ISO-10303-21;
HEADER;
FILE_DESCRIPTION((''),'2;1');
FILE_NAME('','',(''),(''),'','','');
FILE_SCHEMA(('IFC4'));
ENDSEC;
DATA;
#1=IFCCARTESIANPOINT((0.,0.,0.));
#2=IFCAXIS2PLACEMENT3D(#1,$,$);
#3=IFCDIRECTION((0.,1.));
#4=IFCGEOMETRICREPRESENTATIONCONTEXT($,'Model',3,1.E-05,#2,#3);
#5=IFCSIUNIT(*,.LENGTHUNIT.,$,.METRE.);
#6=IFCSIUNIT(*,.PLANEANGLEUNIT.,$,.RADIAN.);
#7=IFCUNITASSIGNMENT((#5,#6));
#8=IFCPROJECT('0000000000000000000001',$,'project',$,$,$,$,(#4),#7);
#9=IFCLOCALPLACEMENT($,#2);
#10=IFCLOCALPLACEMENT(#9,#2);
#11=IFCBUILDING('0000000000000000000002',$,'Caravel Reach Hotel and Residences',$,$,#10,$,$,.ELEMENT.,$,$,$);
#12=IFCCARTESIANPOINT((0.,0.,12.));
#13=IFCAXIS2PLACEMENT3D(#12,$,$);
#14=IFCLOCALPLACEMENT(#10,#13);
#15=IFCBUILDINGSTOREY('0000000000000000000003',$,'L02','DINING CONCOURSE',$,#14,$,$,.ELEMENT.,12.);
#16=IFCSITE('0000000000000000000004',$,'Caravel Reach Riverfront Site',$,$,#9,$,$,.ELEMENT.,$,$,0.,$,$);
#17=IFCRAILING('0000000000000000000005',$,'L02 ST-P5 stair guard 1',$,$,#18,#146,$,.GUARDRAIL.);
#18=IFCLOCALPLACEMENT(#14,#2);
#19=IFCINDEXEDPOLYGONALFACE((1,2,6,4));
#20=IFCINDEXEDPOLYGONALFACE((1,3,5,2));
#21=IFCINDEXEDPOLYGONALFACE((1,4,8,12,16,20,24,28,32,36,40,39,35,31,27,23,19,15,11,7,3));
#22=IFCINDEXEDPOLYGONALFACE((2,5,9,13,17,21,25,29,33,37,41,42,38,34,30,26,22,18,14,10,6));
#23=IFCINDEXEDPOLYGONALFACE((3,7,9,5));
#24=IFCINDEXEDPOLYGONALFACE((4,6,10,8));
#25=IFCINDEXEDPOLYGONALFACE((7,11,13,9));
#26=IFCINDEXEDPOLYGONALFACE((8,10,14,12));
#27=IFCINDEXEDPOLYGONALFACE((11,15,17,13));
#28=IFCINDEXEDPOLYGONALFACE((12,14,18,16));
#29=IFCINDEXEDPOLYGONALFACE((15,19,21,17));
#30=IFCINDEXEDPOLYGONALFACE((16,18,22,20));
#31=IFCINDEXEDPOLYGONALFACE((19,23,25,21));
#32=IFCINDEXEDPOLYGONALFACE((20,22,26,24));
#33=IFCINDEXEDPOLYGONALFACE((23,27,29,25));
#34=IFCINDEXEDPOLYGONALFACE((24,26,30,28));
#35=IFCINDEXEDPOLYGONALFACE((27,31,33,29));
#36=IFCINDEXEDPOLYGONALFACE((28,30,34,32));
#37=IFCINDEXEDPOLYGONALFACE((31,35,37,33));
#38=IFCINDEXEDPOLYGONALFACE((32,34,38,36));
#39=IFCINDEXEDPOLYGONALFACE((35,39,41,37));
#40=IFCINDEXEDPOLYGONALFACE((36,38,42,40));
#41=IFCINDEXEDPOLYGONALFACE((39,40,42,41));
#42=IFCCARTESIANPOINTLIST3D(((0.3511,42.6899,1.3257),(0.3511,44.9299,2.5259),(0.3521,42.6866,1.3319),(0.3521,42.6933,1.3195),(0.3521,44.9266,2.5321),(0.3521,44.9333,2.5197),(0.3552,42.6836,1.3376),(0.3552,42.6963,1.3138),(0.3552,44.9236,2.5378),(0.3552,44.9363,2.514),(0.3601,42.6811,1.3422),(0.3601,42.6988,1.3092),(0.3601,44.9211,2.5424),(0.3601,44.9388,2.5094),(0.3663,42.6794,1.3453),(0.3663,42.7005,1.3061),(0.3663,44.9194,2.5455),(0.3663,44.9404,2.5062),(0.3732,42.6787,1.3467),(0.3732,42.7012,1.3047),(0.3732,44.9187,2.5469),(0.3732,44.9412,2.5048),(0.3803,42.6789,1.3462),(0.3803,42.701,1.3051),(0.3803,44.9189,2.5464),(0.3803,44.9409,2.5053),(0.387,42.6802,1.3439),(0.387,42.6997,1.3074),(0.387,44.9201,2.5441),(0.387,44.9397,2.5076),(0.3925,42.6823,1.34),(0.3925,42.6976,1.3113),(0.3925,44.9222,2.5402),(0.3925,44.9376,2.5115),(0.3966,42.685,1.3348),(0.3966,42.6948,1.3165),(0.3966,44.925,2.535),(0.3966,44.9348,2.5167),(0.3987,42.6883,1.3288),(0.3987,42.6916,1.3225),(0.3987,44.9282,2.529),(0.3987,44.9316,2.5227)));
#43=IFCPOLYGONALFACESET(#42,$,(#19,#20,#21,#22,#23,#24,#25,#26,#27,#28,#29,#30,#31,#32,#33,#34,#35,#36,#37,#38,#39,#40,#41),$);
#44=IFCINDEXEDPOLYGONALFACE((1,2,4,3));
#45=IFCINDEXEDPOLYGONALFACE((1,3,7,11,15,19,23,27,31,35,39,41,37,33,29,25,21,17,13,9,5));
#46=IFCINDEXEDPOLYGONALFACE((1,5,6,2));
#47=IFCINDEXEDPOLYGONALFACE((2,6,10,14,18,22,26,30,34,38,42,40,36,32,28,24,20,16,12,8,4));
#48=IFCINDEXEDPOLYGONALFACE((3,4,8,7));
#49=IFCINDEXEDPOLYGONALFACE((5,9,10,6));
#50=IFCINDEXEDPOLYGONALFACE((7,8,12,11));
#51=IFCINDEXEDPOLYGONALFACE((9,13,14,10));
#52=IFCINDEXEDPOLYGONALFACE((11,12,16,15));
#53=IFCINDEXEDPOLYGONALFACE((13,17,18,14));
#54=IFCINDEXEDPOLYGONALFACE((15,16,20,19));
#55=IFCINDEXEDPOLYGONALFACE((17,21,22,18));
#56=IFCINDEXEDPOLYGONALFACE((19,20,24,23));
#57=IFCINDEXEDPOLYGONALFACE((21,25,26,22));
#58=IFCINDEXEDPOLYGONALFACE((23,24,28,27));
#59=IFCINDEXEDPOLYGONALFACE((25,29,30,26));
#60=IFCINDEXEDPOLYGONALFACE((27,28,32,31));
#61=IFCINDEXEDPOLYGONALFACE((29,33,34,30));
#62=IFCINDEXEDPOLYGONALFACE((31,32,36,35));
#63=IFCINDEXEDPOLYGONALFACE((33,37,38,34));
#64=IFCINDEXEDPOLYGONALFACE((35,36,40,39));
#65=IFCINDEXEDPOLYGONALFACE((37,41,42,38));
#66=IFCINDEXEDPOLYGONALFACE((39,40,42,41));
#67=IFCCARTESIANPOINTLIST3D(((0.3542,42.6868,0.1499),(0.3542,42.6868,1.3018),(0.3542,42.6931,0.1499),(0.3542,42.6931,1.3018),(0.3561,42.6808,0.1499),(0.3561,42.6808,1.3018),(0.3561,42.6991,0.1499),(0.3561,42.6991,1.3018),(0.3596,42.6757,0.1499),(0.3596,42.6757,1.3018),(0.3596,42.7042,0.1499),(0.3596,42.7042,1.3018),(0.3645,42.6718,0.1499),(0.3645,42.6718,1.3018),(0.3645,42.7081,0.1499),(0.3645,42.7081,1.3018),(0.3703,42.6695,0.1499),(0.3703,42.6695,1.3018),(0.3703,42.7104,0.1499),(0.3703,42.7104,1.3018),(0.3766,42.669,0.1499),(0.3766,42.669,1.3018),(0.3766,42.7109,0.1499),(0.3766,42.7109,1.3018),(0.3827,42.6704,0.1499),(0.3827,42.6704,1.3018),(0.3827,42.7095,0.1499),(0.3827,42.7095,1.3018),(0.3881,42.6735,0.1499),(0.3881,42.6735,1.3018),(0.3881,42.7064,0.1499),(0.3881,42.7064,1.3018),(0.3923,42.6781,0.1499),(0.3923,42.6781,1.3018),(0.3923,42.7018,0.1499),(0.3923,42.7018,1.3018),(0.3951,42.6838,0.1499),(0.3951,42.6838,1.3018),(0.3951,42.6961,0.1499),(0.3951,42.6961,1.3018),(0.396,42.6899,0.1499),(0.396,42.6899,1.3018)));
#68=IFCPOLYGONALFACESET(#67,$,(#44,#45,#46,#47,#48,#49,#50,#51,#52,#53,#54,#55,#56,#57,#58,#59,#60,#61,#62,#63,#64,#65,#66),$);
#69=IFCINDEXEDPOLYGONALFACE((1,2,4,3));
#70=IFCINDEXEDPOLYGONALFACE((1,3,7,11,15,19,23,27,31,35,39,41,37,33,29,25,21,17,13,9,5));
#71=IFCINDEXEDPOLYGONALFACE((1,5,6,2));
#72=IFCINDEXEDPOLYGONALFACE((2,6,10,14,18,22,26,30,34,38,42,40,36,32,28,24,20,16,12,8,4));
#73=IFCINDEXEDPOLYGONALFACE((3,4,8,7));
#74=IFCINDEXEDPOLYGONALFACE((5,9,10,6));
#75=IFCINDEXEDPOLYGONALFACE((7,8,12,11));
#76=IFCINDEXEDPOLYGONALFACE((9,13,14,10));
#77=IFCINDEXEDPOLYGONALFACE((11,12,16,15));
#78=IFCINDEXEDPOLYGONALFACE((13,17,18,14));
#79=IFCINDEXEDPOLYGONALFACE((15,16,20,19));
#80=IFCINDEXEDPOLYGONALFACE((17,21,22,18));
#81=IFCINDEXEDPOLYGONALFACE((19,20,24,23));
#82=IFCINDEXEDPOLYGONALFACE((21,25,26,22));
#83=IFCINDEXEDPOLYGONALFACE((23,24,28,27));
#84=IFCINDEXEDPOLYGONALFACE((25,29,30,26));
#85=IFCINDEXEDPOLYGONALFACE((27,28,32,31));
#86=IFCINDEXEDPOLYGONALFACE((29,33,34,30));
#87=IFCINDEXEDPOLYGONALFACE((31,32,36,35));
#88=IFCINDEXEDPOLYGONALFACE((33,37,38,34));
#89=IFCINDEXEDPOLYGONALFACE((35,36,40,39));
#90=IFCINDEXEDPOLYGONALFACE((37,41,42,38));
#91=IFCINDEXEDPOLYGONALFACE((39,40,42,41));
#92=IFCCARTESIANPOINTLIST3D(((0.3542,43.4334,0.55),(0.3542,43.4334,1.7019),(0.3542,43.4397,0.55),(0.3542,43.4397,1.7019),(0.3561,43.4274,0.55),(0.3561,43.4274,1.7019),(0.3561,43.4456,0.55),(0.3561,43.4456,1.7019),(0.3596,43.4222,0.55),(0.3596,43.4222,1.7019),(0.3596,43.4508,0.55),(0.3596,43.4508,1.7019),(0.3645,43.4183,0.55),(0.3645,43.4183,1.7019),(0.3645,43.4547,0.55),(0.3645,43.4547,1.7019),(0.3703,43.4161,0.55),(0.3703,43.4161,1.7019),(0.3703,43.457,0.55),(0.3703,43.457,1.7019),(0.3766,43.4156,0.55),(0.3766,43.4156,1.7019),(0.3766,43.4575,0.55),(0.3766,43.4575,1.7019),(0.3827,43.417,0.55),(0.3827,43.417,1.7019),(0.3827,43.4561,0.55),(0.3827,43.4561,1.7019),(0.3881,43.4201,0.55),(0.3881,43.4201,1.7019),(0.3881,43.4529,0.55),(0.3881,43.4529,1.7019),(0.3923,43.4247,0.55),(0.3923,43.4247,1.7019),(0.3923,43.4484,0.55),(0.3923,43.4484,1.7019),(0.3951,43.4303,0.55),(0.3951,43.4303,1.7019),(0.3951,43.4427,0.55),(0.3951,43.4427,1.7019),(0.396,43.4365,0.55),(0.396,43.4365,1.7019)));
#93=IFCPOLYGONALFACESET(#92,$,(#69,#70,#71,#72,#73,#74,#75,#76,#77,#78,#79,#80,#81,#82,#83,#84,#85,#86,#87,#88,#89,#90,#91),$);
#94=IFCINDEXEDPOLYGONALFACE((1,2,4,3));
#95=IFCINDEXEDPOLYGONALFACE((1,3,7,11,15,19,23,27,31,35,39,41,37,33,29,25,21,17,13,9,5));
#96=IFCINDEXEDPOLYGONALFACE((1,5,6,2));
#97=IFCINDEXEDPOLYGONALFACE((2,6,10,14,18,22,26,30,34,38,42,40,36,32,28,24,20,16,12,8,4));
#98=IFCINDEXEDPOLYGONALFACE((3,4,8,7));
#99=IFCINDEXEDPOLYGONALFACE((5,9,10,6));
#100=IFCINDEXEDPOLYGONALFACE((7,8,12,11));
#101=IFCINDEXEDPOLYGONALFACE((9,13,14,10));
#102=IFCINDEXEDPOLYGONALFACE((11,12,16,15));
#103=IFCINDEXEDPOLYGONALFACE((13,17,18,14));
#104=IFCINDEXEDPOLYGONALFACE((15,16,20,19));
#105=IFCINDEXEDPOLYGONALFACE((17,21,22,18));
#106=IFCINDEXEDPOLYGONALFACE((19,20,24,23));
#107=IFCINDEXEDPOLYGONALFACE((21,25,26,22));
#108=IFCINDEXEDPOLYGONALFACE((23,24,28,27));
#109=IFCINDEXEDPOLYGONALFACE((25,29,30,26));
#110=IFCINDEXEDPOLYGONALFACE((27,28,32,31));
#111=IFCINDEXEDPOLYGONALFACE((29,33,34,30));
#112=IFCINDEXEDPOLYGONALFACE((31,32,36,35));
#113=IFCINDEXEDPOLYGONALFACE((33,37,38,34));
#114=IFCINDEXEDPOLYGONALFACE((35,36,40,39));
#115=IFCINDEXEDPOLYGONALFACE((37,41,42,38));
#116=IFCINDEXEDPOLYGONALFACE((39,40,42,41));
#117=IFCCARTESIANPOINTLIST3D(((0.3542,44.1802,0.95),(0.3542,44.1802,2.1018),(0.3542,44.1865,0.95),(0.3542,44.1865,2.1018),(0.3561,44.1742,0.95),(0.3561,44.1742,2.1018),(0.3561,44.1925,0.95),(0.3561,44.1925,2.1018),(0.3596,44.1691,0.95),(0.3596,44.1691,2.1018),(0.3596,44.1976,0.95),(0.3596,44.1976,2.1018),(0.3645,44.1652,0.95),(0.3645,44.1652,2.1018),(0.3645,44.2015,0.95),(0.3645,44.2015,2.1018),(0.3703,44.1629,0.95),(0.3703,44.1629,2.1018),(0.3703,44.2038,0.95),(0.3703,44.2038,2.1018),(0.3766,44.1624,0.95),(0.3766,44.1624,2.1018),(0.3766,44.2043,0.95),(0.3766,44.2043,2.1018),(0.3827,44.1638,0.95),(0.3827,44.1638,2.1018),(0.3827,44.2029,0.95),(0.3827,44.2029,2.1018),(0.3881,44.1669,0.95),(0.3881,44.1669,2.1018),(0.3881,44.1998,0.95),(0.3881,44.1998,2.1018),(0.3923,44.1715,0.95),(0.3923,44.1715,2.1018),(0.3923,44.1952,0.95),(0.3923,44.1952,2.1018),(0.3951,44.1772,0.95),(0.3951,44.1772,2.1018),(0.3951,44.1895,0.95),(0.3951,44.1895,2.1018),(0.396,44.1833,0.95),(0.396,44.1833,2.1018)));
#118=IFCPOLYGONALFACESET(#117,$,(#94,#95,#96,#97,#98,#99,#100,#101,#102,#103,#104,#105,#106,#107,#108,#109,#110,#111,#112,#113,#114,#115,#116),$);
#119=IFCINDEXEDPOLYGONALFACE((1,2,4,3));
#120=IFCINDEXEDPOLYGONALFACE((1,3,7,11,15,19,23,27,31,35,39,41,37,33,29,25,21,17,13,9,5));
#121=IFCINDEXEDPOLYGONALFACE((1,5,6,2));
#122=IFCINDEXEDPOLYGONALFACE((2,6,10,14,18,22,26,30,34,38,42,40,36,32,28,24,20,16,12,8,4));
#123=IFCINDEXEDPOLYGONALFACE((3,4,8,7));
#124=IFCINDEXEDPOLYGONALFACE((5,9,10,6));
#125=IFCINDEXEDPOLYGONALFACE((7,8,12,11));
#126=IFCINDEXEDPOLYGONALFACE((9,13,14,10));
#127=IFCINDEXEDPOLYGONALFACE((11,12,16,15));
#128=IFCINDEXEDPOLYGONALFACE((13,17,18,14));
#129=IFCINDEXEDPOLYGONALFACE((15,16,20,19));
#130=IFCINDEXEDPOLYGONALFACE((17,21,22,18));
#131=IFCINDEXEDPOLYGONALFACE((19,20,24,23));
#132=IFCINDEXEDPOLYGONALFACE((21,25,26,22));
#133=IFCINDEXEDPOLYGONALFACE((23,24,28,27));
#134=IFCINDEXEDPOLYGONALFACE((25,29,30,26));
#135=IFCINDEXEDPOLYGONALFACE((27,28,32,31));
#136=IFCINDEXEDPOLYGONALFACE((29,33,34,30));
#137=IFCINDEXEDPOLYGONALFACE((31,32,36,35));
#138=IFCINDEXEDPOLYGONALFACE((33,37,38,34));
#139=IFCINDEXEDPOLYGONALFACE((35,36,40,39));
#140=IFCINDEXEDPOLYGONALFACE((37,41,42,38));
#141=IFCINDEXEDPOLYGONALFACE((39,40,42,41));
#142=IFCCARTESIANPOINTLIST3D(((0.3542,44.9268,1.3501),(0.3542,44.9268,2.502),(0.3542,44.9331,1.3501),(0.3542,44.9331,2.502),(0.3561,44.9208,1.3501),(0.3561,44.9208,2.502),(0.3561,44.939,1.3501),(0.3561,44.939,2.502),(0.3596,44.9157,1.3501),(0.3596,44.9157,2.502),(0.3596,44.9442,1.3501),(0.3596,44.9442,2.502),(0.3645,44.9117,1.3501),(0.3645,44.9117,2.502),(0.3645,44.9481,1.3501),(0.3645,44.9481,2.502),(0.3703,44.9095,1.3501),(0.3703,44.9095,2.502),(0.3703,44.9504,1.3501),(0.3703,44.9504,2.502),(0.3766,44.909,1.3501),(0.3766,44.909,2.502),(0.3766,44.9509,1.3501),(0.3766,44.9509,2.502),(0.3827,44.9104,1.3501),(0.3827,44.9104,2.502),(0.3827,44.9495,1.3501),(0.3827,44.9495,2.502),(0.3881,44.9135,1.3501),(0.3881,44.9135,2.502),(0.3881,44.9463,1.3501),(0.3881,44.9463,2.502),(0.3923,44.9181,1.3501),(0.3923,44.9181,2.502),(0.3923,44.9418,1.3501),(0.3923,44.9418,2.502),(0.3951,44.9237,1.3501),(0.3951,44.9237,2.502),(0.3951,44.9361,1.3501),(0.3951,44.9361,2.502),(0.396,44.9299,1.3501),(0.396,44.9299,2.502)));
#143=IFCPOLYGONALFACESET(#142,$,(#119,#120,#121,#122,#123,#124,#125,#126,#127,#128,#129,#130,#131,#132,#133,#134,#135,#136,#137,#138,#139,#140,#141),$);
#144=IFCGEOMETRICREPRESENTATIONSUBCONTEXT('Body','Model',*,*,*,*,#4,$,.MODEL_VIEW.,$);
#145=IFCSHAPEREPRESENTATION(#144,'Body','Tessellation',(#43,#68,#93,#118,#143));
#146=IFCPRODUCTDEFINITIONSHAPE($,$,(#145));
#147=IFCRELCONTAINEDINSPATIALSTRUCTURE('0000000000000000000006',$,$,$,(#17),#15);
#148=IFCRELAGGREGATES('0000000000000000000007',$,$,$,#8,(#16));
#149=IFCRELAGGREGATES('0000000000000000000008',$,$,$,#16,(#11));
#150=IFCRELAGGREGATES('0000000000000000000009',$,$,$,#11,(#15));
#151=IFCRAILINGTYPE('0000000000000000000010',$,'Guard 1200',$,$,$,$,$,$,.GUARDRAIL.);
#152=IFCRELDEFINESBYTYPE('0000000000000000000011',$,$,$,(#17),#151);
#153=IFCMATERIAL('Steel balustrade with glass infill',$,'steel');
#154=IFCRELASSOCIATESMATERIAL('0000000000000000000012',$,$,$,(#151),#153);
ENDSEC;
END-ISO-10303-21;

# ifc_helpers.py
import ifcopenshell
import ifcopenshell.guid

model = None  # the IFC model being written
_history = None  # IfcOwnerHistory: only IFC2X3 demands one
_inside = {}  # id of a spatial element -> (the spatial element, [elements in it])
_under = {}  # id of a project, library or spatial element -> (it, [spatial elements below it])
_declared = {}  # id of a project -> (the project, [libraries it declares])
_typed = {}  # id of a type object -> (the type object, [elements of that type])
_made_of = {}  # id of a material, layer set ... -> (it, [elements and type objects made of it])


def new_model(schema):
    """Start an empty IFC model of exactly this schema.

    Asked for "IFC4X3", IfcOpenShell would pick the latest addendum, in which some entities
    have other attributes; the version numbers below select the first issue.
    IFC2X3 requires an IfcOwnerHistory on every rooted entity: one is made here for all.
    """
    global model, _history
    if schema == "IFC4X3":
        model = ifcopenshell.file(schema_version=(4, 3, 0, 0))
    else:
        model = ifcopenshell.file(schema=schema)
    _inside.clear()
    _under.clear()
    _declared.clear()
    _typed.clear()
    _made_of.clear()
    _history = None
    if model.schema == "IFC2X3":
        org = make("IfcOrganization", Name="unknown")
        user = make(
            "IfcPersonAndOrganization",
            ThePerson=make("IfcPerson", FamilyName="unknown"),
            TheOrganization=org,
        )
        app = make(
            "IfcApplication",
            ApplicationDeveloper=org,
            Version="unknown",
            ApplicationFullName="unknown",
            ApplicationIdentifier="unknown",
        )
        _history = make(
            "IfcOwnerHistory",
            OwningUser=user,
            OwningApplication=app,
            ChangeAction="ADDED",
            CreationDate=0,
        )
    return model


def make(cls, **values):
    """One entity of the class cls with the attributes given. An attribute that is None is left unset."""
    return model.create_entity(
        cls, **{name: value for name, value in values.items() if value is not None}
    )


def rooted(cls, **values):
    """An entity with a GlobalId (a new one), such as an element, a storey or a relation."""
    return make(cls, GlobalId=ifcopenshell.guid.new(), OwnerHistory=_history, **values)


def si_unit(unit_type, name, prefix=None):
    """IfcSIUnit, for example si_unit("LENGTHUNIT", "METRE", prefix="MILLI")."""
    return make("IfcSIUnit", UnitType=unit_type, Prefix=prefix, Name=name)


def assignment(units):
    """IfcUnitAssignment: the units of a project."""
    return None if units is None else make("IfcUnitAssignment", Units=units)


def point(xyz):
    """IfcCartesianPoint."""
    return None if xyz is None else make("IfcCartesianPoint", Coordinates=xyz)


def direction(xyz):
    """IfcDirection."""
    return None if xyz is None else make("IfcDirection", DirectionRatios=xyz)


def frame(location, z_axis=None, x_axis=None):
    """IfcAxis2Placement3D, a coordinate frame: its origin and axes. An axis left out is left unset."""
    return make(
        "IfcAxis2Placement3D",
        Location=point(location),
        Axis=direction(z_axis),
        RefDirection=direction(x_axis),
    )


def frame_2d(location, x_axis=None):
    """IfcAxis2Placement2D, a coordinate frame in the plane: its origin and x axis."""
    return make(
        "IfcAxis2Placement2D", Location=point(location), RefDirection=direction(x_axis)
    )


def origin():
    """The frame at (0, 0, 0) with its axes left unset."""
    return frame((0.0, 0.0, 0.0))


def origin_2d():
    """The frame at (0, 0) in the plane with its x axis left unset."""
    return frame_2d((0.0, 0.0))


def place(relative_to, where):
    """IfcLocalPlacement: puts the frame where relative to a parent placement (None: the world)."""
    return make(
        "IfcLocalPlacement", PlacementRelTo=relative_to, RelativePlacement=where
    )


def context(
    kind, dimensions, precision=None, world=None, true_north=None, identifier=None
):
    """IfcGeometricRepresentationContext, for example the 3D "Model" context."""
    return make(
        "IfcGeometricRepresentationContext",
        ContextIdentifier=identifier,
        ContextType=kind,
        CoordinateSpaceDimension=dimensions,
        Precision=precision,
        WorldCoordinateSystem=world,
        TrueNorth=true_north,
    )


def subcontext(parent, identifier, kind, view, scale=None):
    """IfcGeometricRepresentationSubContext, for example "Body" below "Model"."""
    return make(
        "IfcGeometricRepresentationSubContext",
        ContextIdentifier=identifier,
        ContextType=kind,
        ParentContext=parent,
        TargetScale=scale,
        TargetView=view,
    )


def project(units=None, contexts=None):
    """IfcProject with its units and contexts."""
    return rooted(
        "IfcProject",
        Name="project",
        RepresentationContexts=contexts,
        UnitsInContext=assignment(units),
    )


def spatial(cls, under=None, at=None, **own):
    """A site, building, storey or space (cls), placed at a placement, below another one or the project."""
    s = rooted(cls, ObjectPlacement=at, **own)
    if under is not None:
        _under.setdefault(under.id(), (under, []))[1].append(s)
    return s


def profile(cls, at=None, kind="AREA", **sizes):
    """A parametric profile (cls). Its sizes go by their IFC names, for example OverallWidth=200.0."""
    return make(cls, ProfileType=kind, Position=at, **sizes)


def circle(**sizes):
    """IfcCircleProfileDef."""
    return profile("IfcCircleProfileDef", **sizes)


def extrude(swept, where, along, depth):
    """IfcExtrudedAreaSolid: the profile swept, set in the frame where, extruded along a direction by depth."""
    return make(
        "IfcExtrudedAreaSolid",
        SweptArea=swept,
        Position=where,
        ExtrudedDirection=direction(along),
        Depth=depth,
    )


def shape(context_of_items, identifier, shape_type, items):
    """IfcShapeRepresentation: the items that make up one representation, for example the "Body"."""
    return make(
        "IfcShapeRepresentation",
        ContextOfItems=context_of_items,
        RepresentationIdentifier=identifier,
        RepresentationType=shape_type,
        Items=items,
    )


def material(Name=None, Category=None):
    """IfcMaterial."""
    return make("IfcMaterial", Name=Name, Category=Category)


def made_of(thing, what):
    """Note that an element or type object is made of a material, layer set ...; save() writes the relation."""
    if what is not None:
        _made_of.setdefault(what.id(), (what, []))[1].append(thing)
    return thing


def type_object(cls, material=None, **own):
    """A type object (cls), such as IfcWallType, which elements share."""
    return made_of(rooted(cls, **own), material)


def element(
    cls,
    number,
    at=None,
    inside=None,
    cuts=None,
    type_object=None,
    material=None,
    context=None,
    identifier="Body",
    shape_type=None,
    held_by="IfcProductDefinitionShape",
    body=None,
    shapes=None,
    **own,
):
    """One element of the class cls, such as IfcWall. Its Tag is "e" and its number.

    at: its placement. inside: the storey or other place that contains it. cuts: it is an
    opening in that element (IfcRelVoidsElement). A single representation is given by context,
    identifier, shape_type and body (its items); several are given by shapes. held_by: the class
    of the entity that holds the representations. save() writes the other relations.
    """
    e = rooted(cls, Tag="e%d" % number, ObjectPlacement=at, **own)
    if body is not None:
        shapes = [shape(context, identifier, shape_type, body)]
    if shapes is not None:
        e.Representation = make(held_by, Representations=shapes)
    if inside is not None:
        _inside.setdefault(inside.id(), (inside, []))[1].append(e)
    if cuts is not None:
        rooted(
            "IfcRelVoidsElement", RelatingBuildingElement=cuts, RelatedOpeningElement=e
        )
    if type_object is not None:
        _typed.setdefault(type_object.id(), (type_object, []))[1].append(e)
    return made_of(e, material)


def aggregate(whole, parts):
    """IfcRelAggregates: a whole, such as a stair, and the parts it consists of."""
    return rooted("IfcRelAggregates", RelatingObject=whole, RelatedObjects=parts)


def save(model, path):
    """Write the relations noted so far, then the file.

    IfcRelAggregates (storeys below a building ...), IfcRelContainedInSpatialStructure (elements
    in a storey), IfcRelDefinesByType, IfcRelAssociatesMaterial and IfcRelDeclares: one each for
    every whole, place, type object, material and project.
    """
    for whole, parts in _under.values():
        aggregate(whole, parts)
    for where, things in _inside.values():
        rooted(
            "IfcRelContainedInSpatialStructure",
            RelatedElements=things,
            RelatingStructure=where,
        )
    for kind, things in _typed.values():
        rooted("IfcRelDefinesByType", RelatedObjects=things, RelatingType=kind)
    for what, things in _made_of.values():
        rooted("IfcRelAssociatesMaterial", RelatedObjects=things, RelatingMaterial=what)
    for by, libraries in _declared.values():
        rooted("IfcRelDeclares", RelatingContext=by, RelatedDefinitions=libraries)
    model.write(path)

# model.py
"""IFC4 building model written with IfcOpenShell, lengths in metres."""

from ifc_helpers import new_model, si_unit, direction, frame, origin, origin_2d, place, context, subcontext, project, spatial, circle, extrude, material, type_object, element, save


model = new_model("IFC4")

# Units and contexts
model_context = context("Model", 3, precision=1e-05, world=origin(), true_north=direction((0.0, 1.0)))
body_context = subcontext(model_context, "Body", "Model", "MODEL_VIEW")
ifc_project = project(units=[si_unit("LENGTHUNIT", "METRE"), si_unit("PLANEANGLEUNIT", "RADIAN")], contexts=[model_context])

# Site, building, storey
site_placement = place(None, origin())
site = spatial("IfcSite", under=ifc_project, at=site_placement, Name="Caravel Reach Riverfront Site", CompositionType="ELEMENT", RefElevation=0.0)
building_placement = place(site_placement, origin())
building = spatial("IfcBuilding", under=site, at=building_placement, Name="Caravel Reach Hotel and Residences", CompositionType="ELEMENT")
storey_placement = place(building_placement, frame((0.0, 0.0, 12.0)))
storey = spatial("IfcBuildingStorey", under=building, at=storey_placement, Name="L02", Description="DINING CONCOURSE", CompositionType="ELEMENT", Elevation=12.0)

# Railing
ifc_material_1 = material(Name="Steel balustrade with glass infill", Category="steel")
railing_type_1 = type_object("IfcRailingType", Name="Guard 1200", PredefinedType="GUARDRAIL", material=ifc_material_1)
railing_1_placement = place(storey_placement, frame((0.375, 42.6899, 0.1499)))
element("IfcRailing", 1, at=railing_1_placement, inside=storey, type_object=railing_type_1, Name="L02 ST-P5 stair guard 1", PredefinedType="GUARDRAIL", context=body_context, shape_type="SweptSolid", body=[
    extrude(circle(Radius=0.0239, at=origin_2d()), frame((0.0, 0.0, 1.1758), z_axis=(0.0, 0.881447, 0.472283), x_axis=(-1.0, 0.0, 0.0)), (0.0, 0.0, 1.0), 2.5413),
    extrude(circle(Radius=0.021, at=origin_2d()), origin(), (0.0, 0.0, 1.0), 1.1519),
    extrude(circle(Radius=0.021, at=origin_2d()), frame((0.0, 0.7466, 0.4001)), (0.0, 0.0, 1.0), 1.1519),
    extrude(circle(Radius=0.021, at=origin_2d()), frame((0.0, 1.4934, 0.8)), (0.0, 0.0, 1.0), 1.1519),
    extrude(circle(Radius=0.021, at=origin_2d()), frame((0.0, 2.24, 1.2002)), (0.0, 0.0, 1.0), 1.1519),
])

save(model, "model.ifc")
